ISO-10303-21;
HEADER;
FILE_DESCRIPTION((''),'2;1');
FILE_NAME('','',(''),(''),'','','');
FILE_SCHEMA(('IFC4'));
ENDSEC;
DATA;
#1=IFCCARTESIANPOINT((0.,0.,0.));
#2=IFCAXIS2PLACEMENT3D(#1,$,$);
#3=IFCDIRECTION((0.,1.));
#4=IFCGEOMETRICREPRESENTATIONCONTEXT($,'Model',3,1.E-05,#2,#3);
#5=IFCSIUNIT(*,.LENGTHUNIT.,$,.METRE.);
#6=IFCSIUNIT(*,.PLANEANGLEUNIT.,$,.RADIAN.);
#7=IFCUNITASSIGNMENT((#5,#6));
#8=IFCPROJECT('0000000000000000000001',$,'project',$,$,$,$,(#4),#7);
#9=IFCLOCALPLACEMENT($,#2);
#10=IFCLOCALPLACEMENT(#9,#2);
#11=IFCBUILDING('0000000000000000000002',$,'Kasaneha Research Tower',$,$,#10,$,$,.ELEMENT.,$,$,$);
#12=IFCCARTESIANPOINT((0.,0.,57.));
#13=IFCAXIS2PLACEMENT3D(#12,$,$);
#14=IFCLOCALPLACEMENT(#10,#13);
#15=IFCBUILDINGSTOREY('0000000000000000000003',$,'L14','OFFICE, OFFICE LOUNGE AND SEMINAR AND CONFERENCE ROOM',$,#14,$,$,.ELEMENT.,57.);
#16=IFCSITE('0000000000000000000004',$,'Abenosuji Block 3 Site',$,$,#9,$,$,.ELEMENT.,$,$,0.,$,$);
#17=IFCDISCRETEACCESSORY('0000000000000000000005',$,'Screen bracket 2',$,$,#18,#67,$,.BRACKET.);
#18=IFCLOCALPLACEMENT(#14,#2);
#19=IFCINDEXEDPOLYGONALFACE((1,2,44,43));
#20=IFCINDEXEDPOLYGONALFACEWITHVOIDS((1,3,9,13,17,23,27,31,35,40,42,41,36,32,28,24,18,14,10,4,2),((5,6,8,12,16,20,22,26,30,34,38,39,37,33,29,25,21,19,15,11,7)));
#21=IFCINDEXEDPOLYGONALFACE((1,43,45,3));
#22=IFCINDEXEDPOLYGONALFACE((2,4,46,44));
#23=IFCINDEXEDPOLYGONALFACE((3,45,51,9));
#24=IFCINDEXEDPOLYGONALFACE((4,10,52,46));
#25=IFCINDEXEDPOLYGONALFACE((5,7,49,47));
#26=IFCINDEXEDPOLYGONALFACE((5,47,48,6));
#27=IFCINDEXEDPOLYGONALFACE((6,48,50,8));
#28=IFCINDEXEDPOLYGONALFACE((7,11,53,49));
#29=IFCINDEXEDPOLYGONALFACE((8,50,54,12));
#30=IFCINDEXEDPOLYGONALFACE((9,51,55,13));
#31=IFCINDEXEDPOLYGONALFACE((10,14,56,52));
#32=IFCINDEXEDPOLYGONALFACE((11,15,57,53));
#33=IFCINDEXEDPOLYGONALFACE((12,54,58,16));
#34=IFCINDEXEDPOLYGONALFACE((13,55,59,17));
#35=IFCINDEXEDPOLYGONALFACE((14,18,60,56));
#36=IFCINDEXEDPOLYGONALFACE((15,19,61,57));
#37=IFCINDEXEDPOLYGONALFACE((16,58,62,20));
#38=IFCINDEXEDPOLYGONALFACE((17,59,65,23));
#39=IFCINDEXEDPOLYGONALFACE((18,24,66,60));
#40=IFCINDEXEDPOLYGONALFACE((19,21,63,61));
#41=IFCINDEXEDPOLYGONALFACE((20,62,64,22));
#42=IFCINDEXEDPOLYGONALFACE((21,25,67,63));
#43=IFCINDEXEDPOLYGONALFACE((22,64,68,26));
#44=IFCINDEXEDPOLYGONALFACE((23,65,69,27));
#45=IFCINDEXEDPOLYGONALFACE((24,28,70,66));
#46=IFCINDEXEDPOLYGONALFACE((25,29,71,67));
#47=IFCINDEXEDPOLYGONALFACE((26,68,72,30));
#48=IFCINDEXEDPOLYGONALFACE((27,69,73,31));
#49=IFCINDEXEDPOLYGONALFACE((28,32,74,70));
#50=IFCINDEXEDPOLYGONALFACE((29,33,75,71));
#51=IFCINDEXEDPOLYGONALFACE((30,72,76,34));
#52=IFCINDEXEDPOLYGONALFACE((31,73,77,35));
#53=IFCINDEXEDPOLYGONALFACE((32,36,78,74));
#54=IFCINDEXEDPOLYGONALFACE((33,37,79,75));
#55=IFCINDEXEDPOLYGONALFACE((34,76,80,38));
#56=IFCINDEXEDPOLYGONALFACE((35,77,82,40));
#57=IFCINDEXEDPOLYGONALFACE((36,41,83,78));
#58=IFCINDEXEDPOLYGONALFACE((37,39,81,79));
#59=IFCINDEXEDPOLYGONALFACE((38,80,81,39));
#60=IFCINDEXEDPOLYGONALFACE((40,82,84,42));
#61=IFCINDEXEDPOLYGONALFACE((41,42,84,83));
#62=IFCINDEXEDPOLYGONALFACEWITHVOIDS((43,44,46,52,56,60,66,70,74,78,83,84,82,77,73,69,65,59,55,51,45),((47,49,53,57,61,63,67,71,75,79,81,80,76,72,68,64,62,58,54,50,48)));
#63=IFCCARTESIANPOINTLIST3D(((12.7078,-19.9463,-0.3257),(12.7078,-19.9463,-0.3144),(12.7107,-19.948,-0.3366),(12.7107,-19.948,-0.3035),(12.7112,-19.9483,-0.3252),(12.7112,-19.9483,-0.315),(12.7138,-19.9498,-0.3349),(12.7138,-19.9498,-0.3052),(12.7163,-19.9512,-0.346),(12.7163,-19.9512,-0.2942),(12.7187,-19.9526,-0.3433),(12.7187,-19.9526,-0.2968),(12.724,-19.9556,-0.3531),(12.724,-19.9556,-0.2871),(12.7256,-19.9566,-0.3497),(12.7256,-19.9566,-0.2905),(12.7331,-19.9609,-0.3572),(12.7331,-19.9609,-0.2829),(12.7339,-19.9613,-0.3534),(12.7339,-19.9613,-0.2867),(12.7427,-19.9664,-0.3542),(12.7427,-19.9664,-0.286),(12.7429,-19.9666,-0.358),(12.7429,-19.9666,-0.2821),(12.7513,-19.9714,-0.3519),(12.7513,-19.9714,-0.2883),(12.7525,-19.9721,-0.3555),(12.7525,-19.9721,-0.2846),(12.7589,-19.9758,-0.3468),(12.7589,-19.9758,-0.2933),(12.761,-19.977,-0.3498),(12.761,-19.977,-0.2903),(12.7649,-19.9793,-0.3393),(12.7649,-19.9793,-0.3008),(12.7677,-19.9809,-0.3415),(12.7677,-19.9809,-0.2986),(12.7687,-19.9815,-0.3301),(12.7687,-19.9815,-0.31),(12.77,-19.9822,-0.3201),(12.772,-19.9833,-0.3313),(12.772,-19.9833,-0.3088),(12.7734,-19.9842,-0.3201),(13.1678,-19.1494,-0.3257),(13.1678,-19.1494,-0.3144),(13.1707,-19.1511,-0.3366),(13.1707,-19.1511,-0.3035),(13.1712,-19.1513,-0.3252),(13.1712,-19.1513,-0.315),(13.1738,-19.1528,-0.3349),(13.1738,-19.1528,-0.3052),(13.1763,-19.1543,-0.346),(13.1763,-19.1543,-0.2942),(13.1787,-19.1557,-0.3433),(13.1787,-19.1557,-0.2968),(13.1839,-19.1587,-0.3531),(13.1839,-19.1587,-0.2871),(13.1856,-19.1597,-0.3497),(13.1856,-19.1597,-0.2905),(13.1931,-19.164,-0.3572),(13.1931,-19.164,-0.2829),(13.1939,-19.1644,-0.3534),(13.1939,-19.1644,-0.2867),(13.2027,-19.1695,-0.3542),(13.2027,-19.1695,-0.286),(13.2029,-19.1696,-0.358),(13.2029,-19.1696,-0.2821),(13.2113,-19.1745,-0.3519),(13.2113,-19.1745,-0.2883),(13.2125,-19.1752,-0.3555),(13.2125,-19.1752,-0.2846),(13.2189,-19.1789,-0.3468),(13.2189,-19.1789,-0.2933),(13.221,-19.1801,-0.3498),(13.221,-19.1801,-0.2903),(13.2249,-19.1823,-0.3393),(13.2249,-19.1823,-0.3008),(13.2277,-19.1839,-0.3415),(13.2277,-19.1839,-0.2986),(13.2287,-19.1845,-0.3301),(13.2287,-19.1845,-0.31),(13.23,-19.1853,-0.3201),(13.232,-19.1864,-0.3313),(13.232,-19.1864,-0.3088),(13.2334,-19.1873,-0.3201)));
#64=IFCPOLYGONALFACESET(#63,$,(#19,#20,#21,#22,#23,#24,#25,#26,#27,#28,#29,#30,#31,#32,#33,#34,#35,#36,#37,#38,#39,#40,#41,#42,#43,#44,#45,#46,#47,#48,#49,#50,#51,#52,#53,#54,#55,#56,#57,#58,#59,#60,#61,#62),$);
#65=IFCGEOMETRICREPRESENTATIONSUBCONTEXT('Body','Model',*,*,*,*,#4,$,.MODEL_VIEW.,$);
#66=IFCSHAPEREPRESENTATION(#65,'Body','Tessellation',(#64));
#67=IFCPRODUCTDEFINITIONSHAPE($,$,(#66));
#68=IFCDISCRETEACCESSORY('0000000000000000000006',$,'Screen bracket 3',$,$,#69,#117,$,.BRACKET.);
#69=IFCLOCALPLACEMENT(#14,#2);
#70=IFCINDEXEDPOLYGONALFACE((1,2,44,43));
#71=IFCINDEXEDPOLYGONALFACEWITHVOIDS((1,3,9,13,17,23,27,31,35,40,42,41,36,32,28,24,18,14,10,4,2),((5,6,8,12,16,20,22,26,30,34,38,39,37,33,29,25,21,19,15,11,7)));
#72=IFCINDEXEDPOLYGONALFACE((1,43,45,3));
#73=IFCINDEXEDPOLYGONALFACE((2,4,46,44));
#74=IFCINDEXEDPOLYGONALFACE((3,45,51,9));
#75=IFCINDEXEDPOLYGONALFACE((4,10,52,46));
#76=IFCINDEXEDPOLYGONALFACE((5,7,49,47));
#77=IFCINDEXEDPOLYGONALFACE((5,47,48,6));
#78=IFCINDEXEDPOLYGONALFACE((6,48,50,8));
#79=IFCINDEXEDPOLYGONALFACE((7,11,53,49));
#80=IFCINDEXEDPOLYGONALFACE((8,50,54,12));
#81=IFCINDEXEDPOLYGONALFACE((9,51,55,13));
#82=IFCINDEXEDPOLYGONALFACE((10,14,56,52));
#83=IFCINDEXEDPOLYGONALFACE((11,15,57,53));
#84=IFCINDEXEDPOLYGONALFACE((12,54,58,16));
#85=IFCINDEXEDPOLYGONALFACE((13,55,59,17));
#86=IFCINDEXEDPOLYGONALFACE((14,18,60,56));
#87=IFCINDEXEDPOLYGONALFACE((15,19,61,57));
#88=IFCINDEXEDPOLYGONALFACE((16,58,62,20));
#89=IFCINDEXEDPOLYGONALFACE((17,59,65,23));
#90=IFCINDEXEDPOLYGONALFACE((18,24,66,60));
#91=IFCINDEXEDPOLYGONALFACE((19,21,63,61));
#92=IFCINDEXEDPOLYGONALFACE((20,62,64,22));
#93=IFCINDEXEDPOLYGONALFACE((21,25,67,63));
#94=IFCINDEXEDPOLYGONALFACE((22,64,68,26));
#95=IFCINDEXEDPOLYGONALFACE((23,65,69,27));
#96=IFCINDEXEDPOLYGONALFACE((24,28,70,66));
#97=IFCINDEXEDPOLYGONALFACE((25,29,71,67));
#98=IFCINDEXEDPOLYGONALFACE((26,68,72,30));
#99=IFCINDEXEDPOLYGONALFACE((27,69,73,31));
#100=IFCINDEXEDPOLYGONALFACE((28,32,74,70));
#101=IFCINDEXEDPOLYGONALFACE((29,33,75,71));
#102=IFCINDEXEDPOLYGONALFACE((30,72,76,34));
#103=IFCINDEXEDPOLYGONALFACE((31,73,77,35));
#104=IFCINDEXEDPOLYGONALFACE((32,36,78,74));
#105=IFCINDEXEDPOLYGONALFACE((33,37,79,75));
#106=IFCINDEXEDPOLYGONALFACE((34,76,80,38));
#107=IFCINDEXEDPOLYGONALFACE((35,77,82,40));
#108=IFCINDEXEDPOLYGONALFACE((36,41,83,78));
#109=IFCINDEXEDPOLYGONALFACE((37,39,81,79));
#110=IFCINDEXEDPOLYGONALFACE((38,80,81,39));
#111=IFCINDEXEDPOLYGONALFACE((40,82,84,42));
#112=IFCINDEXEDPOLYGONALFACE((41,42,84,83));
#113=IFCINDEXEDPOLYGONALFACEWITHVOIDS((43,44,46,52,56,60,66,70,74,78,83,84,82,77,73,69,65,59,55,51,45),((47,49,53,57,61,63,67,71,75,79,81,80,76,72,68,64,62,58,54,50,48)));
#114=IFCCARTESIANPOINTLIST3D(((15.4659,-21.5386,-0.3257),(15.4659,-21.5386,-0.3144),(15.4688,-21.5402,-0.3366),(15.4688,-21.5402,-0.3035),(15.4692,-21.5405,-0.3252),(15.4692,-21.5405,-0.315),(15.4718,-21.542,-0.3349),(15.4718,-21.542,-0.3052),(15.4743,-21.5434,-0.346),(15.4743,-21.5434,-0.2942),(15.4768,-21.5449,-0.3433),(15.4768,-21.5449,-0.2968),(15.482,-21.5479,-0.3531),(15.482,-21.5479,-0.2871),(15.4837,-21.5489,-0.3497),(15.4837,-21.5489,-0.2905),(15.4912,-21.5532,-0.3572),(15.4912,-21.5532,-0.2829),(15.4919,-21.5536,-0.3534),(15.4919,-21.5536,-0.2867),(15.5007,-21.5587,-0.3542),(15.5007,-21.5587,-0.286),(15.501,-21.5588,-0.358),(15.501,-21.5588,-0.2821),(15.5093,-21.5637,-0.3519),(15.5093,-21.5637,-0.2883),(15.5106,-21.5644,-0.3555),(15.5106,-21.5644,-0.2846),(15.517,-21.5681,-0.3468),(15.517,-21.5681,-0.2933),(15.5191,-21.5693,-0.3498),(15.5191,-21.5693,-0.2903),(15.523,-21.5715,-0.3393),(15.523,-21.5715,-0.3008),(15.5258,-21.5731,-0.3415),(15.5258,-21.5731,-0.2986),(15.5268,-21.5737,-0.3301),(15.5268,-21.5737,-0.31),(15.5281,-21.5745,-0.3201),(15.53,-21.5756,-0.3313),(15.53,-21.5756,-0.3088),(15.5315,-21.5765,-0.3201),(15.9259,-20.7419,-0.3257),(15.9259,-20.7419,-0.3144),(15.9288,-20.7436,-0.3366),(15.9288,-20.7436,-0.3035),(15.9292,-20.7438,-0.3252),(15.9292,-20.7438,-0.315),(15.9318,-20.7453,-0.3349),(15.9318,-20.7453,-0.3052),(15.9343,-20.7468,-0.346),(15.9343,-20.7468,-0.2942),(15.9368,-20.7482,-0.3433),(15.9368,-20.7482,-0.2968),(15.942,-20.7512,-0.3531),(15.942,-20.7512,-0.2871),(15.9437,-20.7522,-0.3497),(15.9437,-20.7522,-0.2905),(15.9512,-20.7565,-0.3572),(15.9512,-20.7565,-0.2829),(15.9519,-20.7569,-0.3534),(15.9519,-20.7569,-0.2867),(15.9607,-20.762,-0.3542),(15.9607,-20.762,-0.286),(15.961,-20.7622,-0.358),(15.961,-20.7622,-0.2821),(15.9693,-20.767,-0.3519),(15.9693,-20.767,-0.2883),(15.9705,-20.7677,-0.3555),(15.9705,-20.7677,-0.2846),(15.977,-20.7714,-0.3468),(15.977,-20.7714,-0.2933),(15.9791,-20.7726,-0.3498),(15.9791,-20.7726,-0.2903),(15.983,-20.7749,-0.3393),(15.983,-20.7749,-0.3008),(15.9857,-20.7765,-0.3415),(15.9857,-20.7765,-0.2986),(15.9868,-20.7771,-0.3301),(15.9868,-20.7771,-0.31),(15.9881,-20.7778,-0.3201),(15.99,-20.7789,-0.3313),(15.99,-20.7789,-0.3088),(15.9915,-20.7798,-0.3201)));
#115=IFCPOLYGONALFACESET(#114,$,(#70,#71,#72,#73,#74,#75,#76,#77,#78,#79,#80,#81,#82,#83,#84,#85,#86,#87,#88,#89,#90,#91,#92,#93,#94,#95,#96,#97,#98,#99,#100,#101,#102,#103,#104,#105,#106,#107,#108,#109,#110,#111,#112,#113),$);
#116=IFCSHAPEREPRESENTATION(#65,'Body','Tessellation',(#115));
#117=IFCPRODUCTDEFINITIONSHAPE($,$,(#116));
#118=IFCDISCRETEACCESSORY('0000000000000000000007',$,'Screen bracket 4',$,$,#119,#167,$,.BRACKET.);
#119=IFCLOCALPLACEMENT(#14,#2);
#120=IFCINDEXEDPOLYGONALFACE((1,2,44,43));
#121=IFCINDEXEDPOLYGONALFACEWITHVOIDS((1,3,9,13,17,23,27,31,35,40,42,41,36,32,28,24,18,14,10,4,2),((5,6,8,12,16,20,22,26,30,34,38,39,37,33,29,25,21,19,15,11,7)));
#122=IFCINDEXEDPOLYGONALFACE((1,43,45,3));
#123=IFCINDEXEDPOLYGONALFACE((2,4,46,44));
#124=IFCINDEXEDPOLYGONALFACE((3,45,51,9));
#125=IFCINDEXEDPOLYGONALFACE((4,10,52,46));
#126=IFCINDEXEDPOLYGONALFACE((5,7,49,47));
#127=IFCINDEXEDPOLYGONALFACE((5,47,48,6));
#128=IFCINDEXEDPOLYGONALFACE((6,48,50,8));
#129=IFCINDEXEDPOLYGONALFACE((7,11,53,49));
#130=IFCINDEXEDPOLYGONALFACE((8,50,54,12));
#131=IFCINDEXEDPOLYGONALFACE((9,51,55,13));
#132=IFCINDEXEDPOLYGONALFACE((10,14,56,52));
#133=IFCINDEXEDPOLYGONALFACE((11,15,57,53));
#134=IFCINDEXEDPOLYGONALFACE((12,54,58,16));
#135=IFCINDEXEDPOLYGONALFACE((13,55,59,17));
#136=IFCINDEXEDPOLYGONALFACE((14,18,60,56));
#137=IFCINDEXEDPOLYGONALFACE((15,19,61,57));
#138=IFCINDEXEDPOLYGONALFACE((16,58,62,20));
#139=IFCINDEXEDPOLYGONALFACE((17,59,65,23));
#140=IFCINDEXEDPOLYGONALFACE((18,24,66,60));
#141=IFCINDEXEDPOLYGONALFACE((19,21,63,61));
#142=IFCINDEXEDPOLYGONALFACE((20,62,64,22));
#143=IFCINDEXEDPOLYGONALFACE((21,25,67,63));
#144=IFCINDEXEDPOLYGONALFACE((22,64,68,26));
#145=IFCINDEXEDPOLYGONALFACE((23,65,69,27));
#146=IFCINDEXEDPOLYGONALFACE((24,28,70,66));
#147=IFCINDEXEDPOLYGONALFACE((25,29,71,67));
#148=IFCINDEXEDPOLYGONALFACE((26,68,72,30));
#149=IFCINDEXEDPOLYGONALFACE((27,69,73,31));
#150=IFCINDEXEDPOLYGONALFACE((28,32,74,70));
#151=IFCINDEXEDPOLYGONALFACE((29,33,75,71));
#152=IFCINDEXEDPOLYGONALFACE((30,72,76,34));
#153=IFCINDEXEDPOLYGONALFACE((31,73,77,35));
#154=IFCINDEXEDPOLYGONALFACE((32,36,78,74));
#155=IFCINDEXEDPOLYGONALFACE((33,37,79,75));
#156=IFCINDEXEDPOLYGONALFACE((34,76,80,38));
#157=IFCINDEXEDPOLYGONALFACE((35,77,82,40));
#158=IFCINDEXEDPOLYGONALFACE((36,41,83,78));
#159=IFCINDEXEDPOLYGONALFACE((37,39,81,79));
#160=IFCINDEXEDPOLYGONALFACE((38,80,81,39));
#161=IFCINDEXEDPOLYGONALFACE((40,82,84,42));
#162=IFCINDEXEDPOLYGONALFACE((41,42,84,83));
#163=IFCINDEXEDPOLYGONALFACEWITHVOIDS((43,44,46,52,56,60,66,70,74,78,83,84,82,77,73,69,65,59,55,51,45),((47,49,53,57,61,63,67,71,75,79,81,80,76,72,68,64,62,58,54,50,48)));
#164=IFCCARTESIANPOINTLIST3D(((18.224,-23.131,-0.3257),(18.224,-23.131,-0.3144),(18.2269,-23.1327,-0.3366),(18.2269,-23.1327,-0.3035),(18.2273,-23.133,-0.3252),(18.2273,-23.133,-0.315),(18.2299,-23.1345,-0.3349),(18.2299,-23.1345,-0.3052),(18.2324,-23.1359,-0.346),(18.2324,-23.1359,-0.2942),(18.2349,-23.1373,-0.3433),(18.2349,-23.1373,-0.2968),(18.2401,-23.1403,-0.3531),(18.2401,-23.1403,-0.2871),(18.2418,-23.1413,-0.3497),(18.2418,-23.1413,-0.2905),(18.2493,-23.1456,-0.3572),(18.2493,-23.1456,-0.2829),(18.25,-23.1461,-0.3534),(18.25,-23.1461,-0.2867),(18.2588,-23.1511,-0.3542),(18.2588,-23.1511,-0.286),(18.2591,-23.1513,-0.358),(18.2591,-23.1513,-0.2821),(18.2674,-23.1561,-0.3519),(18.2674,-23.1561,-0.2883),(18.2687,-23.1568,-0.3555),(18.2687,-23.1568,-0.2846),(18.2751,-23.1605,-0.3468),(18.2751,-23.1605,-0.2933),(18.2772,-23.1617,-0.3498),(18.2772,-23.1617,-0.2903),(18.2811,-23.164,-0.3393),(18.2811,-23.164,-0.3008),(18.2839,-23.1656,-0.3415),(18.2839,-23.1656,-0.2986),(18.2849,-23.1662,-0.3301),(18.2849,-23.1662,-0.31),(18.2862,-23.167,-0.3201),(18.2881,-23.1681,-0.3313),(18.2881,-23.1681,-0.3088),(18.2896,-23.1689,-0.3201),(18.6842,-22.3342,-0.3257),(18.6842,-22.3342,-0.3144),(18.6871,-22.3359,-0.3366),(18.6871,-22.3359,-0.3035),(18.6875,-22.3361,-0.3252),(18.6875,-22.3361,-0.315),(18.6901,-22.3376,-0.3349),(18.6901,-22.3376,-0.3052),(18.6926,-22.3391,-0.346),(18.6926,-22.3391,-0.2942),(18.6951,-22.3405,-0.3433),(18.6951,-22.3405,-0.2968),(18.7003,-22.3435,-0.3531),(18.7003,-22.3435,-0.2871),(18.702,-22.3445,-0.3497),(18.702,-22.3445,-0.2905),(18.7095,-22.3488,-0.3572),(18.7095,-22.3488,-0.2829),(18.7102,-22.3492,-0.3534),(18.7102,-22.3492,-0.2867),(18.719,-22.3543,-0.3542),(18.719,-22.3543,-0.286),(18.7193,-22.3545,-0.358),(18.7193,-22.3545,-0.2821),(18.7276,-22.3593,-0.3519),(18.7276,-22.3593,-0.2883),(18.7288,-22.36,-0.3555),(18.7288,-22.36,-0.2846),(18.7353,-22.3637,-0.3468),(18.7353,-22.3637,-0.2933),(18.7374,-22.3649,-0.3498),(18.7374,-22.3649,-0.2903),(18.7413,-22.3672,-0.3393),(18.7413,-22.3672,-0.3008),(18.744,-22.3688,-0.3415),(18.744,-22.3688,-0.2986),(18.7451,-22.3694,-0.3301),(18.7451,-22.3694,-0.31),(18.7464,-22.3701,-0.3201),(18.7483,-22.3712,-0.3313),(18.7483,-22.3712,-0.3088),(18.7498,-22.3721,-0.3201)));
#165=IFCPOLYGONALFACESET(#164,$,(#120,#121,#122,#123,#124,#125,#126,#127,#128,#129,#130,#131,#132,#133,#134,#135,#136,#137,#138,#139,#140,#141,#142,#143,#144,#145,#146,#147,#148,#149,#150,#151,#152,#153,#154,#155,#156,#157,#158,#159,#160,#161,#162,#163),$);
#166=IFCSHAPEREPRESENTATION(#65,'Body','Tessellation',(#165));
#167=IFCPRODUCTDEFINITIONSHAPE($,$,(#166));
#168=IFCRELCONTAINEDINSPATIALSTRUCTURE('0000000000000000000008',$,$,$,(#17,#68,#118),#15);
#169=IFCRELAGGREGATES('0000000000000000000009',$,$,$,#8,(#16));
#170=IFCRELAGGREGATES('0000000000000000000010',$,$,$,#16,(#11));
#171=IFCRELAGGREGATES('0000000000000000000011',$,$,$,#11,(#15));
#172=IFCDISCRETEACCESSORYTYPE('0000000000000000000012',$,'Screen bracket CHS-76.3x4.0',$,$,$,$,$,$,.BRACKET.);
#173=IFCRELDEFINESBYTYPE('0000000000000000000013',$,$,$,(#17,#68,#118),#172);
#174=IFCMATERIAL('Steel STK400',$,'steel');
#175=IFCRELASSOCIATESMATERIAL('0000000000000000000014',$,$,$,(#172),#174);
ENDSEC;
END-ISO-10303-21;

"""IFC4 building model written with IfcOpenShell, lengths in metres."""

from ifc_helpers import new_model, si_unit, direction, frame, origin, origin_2d, place, context, subcontext, project, spatial, hollow_circle, extrude, material, material_profile, profile_set, type_object, element, save


model = new_model("IFC4")

# Units and contexts
model_context = context("Model", 3, precision=1e-05, world=origin(), true_north=direction((0.0, 1.0)))
body_context = subcontext(model_context, "Body", "Model", "MODEL_VIEW")
ifc_project = project(units=[si_unit("LENGTHUNIT", "METRE"), si_unit("PLANEANGLEUNIT", "RADIAN")], contexts=[model_context])

# Site, building, storey
site_placement = place(None, origin())
site = spatial("IfcSite", under=ifc_project, at=site_placement, Name="Abenosuji Block 3 Site", CompositionType="ELEMENT", RefElevation=0.0)
building_placement = place(site_placement, origin())
building = spatial("IfcBuilding", under=site, at=building_placement, Name="Kasaneha Research Tower", CompositionType="ELEMENT")
storey_placement = place(building_placement, frame((0.0, 0.0, 57.0)))
storey = spatial("IfcBuildingStorey", under=building, at=storey_placement, Name="L14", Description="OFFICE, OFFICE LOUNGE AND SEMINAR AND CONFERENCE ROOM", CompositionType="ELEMENT", Elevation=57.0)

# Discrete accessories
ifc_material = material(Name="Steel STK400", Category="steel")
ifc_material_profile = material_profile(ifc_material, hollow_circle(Radius=0.0381, WallThickness=0.0039, at=origin_2d()), Name="CHS-76.3x4.0")
ifc_profile_set = profile_set([ifc_material_profile], Name="Steel STK400")
discrete_accessory_type = type_object("IfcDiscreteAccessoryType", Name="Screen bracket CHS-76.3x4.0", PredefinedType="BRACKET", material=ifc_profile_set)
discrete_accessory_1_placement = place(storey_placement, frame((13.2004, -19.1682, -0.3201), z_axis=(-0.499906, -0.86608, 0.0), x_axis=(0.86608, -0.499906, 0.0)))
element("IfcDiscreteAccessory", 1, at=discrete_accessory_1_placement, inside=storey, type_object=discrete_accessory_type, Name="Screen bracket 2", PredefinedType="BRACKET", context=body_context, shape_type="SweptSolid", body=[
    extrude(hollow_circle(Radius=0.0381, WallThickness=0.0039, at=origin_2d()), origin(), (0.0, 0.0, 1.0), 0.9202),
])
discrete_accessory_2_placement = place(storey_placement, frame((15.9585, -20.7607, -0.3201), z_axis=(-0.500021, -0.866013, 0.0), x_axis=(0.866013, -0.500021, 0.0)))
element("IfcDiscreteAccessory", 2, at=discrete_accessory_2_placement, inside=storey, type_object=discrete_accessory_type, Name="Screen bracket 3", PredefinedType="BRACKET", context=body_context, shape_type="SweptSolid", body=[
    extrude(hollow_circle(Radius=0.0381, WallThickness=0.0039, at=origin_2d()), origin(), (0.0, 0.0, 1.0), 0.9199),
])
discrete_accessory_3_placement = place(storey_placement, frame((18.7168, -22.353, -0.3201), z_axis=(-0.500105, -0.865965, 0.0), x_axis=(0.865965, -0.500105, 0.0)))
element("IfcDiscreteAccessory", 3, at=discrete_accessory_3_placement, inside=storey, type_object=discrete_accessory_type, Name="Screen bracket 4", PredefinedType="BRACKET", context=body_context, shape_type="SweptSolid", body=[
    extrude(hollow_circle(Radius=0.0381, WallThickness=0.0039, at=origin_2d()), origin(), (0.0, 0.0, 1.0), 0.9202),
])

save(model, "model.ifc")
